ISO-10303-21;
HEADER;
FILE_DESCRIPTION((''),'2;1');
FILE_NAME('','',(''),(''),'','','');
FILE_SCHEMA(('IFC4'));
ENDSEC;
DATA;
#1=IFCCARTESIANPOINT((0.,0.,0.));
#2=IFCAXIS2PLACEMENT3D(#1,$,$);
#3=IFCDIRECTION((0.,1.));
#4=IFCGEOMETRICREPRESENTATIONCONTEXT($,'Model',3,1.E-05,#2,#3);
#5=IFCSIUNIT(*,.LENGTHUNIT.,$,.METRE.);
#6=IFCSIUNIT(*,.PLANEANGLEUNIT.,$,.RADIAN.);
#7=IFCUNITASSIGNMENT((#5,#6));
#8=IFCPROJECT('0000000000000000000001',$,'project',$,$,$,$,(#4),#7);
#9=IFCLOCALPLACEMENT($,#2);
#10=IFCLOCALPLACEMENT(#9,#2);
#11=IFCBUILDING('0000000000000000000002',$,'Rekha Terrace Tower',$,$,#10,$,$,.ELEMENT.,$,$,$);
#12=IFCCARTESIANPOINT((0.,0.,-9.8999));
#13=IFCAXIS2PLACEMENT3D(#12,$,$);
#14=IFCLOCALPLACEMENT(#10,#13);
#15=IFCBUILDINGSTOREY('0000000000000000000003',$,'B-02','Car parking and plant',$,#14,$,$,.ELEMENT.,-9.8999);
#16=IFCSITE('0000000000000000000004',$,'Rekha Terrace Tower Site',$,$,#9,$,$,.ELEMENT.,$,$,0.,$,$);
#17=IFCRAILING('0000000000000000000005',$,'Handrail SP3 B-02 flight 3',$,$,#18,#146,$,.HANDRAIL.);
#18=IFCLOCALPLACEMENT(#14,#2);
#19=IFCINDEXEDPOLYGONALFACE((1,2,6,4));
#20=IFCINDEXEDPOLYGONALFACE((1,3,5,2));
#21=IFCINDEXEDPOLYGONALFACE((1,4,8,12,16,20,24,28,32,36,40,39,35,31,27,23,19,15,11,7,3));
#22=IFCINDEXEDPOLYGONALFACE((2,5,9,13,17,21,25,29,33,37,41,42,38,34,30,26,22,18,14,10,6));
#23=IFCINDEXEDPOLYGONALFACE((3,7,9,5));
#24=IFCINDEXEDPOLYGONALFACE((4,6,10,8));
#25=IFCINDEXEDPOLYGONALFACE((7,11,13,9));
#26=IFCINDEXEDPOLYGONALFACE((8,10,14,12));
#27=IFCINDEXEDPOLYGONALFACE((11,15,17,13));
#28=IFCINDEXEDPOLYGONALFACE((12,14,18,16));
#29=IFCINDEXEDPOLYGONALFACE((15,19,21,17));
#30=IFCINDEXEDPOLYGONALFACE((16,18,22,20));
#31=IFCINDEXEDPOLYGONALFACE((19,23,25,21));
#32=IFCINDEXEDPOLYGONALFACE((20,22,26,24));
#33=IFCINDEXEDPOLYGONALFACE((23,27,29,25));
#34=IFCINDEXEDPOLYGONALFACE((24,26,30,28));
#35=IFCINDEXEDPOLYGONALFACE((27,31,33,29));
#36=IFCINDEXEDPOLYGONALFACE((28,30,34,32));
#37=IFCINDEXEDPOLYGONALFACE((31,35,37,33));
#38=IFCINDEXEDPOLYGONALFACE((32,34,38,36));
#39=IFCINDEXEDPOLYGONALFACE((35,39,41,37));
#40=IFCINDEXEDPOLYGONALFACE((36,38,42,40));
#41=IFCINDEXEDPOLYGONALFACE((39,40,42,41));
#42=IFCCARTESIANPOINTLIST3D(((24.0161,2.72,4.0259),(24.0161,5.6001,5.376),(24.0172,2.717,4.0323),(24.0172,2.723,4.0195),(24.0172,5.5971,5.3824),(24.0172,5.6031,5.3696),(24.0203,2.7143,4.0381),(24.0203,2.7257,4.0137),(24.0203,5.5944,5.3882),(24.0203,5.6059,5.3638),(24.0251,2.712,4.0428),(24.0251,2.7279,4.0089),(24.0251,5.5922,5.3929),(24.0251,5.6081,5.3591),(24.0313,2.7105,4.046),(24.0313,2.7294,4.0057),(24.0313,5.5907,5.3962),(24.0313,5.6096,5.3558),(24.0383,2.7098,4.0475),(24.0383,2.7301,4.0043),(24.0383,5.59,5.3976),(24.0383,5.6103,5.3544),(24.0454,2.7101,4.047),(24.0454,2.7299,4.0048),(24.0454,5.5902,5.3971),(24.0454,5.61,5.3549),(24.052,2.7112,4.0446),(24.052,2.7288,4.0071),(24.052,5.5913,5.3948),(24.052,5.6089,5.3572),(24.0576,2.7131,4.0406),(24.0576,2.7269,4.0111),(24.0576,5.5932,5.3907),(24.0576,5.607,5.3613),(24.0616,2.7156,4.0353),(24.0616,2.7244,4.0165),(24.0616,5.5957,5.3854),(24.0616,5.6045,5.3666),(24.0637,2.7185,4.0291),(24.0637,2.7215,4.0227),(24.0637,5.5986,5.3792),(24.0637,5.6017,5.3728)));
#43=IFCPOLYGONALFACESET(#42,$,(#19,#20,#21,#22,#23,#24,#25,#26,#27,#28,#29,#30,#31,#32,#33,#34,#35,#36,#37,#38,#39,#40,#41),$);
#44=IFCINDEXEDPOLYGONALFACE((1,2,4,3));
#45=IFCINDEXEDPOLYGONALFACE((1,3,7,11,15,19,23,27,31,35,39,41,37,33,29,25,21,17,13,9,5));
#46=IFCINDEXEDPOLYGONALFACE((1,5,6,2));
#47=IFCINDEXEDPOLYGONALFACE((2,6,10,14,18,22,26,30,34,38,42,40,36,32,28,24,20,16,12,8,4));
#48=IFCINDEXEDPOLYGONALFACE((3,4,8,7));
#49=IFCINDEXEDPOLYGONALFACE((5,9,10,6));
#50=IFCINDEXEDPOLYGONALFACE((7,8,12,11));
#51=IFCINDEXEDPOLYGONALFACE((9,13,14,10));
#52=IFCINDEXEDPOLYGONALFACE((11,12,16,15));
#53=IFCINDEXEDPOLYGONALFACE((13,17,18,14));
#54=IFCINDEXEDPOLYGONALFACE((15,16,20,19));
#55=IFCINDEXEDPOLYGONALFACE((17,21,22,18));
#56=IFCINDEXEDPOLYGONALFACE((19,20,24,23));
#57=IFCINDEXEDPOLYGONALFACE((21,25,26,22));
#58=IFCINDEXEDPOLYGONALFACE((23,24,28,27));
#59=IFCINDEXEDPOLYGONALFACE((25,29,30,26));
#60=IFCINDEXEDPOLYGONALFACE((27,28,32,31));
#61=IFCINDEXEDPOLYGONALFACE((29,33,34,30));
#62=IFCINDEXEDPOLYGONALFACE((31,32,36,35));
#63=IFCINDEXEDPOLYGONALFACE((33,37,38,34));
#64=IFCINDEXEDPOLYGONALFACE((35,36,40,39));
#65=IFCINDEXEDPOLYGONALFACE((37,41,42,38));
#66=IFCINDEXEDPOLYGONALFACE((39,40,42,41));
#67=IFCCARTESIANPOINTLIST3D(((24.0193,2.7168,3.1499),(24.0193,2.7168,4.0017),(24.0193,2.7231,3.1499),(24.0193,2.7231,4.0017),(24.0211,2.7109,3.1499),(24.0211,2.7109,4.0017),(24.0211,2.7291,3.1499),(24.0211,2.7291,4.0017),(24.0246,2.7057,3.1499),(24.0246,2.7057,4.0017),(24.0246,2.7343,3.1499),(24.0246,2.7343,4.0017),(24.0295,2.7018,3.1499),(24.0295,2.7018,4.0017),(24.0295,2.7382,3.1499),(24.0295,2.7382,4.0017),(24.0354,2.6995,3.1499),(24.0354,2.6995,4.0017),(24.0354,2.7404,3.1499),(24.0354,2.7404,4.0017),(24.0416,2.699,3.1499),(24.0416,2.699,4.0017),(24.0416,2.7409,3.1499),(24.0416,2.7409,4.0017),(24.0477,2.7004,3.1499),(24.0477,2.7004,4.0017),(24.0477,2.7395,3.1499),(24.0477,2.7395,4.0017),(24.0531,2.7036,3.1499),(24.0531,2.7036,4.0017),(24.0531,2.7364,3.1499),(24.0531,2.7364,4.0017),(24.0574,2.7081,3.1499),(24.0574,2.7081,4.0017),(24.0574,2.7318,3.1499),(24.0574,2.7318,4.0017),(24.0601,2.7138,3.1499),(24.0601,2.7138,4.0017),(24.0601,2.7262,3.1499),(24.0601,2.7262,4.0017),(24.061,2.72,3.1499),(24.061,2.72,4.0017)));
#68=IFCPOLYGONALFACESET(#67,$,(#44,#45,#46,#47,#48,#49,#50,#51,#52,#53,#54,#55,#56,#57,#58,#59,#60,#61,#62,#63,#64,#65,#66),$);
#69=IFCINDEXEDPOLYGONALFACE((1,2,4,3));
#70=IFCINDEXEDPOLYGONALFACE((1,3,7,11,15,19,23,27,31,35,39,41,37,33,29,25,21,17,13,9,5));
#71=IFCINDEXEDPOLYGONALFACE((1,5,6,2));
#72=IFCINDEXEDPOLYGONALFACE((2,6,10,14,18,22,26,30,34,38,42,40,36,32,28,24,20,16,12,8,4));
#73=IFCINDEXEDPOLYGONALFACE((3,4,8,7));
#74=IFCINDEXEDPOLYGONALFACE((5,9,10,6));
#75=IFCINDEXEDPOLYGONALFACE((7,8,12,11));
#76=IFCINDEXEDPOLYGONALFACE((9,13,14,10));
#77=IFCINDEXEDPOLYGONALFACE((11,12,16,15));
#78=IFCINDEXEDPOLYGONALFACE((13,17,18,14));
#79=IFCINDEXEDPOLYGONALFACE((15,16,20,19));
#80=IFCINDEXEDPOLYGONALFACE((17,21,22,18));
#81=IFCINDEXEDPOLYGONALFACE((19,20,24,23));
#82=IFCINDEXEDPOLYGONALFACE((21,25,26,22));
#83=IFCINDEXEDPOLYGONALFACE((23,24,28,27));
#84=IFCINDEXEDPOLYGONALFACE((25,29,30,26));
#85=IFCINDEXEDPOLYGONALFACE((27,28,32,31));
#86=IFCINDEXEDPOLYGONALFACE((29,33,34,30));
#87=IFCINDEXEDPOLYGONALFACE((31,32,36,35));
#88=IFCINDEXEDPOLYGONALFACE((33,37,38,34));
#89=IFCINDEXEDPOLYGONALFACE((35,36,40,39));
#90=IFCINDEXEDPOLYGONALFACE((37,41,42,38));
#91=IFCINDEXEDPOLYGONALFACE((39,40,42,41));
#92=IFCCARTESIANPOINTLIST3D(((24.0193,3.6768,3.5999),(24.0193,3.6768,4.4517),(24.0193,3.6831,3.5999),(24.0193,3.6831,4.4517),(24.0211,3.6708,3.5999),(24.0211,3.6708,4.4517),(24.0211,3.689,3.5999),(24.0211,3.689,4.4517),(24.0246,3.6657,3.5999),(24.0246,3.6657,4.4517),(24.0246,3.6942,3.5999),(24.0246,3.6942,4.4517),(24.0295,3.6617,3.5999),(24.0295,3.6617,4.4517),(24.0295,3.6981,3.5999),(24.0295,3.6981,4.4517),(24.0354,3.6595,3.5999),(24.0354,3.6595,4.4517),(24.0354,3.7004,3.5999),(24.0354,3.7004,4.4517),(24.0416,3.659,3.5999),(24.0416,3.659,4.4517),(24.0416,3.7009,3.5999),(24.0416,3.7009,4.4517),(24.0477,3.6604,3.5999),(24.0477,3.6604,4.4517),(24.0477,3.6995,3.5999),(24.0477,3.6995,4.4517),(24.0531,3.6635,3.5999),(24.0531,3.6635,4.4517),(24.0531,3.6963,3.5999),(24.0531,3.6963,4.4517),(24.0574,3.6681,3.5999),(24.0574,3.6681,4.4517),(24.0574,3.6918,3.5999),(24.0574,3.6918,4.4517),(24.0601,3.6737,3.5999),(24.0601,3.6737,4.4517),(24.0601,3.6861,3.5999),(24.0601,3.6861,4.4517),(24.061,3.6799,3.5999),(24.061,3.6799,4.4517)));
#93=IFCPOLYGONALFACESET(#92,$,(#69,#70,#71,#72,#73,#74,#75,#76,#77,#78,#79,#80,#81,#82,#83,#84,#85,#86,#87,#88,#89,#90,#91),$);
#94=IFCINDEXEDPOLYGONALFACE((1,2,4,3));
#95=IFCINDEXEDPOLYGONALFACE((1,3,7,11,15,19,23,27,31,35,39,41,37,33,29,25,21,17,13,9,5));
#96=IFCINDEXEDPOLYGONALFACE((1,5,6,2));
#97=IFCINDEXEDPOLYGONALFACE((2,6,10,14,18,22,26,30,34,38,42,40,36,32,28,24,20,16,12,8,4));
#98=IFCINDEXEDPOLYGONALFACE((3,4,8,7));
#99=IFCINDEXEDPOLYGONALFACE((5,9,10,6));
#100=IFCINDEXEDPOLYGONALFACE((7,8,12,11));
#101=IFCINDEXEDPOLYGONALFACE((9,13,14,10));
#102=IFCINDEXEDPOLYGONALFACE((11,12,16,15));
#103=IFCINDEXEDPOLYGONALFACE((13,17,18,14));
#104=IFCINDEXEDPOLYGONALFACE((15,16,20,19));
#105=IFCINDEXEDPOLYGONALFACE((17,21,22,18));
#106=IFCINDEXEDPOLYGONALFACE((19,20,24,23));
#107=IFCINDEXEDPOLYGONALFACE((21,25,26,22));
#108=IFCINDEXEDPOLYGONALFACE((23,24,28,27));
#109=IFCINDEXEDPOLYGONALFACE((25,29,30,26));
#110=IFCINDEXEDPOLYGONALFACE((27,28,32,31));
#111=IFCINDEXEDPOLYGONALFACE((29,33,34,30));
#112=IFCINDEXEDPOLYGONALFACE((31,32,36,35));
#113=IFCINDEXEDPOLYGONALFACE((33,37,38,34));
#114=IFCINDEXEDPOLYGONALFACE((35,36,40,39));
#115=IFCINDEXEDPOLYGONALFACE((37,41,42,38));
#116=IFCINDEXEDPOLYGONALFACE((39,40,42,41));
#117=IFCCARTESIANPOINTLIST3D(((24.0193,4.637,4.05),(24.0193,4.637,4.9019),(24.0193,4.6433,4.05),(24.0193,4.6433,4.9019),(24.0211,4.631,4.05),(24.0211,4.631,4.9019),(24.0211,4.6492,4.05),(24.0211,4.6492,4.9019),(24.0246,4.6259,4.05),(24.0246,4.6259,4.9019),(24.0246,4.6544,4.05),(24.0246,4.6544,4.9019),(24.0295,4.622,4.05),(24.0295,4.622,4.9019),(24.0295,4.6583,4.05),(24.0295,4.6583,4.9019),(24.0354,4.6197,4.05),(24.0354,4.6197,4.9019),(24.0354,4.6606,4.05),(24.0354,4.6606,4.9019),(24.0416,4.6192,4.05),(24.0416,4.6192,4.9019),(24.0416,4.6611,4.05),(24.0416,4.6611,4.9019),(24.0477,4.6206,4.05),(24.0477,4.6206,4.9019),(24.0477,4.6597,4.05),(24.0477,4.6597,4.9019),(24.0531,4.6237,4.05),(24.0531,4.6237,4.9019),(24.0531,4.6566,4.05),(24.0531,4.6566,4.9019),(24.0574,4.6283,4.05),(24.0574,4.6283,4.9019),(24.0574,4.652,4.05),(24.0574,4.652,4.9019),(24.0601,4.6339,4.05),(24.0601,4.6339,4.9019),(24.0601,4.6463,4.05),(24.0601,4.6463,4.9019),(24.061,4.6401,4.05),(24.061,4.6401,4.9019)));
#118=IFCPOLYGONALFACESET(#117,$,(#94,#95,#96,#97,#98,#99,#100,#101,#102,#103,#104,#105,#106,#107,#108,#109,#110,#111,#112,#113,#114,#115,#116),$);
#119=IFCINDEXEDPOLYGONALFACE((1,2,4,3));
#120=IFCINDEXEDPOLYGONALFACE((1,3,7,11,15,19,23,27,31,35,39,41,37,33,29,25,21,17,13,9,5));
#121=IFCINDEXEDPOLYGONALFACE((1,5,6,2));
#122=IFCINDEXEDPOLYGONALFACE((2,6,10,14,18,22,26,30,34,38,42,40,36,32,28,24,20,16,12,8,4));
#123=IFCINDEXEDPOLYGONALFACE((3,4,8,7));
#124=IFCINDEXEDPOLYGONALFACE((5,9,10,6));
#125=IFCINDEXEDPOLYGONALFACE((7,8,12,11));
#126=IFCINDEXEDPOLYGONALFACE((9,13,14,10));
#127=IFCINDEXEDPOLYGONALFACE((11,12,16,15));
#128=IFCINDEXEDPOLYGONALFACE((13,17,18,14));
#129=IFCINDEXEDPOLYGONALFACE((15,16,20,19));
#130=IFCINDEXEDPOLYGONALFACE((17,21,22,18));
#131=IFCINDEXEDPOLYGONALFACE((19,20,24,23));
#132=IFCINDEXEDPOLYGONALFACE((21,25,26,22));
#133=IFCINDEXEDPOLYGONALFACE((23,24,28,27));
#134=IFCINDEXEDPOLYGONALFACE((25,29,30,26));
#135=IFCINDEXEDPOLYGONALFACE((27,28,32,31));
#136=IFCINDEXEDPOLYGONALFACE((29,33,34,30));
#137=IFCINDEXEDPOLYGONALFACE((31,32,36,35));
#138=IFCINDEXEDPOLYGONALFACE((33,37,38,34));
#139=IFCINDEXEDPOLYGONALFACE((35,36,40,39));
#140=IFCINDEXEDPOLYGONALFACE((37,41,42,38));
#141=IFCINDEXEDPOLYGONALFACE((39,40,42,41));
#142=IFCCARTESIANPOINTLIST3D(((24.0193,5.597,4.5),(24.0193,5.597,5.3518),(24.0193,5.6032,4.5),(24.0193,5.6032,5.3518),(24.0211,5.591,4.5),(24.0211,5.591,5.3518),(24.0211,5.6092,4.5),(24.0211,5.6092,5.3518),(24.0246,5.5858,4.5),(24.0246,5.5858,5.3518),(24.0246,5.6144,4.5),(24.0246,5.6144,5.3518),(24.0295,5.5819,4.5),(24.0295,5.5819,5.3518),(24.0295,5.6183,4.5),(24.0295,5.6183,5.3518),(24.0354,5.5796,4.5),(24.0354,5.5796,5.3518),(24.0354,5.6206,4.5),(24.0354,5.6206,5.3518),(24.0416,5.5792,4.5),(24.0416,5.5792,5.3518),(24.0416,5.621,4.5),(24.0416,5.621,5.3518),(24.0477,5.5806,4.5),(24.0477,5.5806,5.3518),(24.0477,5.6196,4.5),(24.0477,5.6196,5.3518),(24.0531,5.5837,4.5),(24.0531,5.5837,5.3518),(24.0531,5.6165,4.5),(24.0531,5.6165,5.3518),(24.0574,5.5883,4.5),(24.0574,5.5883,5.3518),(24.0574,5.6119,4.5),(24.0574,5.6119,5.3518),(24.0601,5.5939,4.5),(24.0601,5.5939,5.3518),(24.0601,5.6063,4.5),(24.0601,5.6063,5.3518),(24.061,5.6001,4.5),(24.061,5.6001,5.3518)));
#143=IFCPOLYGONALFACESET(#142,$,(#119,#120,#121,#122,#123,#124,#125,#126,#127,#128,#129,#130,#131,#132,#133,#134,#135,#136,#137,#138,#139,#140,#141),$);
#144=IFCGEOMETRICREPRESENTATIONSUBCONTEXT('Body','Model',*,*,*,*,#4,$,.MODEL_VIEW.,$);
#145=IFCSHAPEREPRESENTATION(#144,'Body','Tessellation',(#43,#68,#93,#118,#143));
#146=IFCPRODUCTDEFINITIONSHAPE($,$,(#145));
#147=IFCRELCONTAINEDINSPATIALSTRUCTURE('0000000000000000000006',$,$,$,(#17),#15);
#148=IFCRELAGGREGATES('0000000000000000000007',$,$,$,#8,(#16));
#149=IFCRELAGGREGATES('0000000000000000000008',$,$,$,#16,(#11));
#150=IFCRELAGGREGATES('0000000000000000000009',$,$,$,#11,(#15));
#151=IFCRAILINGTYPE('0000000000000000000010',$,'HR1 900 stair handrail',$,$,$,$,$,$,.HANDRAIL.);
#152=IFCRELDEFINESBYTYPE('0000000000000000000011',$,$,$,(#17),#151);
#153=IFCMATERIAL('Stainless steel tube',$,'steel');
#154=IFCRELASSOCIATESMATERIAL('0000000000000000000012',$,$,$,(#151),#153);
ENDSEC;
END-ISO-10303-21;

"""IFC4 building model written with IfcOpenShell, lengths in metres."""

from ifc_helpers import new_model, si_unit, direction, frame, origin, origin_2d, place, context, subcontext, project, spatial, circle, extrude, material, type_object, element, save


model = new_model("IFC4")

# Units and contexts
model_context = context("Model", 3, precision=1e-05, world=origin(), true_north=direction((0.0, 1.0)))
body_context = subcontext(model_context, "Body", "Model", "MODEL_VIEW")
ifc_project = project(units=[si_unit("LENGTHUNIT", "METRE"), si_unit("PLANEANGLEUNIT", "RADIAN")], contexts=[model_context])

# Site, building, storey
site_placement = place(None, origin())
site = spatial("IfcSite", under=ifc_project, at=site_placement, Name="Rekha Terrace Tower Site", CompositionType="ELEMENT", RefElevation=0.0)
building_placement = place(site_placement, origin())
building = spatial("IfcBuilding", under=site, at=building_placement, Name="Rekha Terrace Tower", CompositionType="ELEMENT")
storey_placement = place(building_placement, frame((0.0, 0.0, -9.8999)))
storey = spatial("IfcBuildingStorey", under=building, at=storey_placement, Name="B-02", Description="Car parking and plant", CompositionType="ELEMENT", Elevation=-9.8999)

# Railing
ifc_material_1 = material(Name="Stainless steel tube", Category="steel")
railing_type_1 = type_object("IfcRailingType", Name="HR1 900 stair handrail", PredefinedType="HANDRAIL", material=ifc_material_1)
railing_1_placement = place(storey_placement, frame((24.04, 2.72, 3.1499)))
element("IfcRailing", 1, at=railing_1_placement, inside=storey, type_object=railing_type_1, Name="Handrail SP3 B-02 flight 3", PredefinedType="HANDRAIL", context=body_context, shape_type="SweptSolid", body=[
    extrude(circle(Radius=0.0239, at=origin_2d()), frame((0.0, 0.0, 0.876), z_axis=(0.0, 0.905454, 0.424444), x_axis=(-1.0, 0.0, 0.0)), (0.0, 0.0, 1.0), 3.1809),
    extrude(circle(Radius=0.021, at=origin_2d()), origin(), (0.0, 0.0, 1.0), 0.8518),
    extrude(circle(Radius=0.021, at=origin_2d()), frame((0.0, 0.96, 0.45)), (0.0, 0.0, 1.0), 0.8518),
    extrude(circle(Radius=0.021, at=origin_2d()), frame((0.0, 1.9202, 0.9001)), (0.0, 0.0, 1.0), 0.8518),
    extrude(circle(Radius=0.021, at=origin_2d()), frame((0.0, 2.8801, 1.3501)), (0.0, 0.0, 1.0), 0.8518),
])

save(model, "model.ifc")
